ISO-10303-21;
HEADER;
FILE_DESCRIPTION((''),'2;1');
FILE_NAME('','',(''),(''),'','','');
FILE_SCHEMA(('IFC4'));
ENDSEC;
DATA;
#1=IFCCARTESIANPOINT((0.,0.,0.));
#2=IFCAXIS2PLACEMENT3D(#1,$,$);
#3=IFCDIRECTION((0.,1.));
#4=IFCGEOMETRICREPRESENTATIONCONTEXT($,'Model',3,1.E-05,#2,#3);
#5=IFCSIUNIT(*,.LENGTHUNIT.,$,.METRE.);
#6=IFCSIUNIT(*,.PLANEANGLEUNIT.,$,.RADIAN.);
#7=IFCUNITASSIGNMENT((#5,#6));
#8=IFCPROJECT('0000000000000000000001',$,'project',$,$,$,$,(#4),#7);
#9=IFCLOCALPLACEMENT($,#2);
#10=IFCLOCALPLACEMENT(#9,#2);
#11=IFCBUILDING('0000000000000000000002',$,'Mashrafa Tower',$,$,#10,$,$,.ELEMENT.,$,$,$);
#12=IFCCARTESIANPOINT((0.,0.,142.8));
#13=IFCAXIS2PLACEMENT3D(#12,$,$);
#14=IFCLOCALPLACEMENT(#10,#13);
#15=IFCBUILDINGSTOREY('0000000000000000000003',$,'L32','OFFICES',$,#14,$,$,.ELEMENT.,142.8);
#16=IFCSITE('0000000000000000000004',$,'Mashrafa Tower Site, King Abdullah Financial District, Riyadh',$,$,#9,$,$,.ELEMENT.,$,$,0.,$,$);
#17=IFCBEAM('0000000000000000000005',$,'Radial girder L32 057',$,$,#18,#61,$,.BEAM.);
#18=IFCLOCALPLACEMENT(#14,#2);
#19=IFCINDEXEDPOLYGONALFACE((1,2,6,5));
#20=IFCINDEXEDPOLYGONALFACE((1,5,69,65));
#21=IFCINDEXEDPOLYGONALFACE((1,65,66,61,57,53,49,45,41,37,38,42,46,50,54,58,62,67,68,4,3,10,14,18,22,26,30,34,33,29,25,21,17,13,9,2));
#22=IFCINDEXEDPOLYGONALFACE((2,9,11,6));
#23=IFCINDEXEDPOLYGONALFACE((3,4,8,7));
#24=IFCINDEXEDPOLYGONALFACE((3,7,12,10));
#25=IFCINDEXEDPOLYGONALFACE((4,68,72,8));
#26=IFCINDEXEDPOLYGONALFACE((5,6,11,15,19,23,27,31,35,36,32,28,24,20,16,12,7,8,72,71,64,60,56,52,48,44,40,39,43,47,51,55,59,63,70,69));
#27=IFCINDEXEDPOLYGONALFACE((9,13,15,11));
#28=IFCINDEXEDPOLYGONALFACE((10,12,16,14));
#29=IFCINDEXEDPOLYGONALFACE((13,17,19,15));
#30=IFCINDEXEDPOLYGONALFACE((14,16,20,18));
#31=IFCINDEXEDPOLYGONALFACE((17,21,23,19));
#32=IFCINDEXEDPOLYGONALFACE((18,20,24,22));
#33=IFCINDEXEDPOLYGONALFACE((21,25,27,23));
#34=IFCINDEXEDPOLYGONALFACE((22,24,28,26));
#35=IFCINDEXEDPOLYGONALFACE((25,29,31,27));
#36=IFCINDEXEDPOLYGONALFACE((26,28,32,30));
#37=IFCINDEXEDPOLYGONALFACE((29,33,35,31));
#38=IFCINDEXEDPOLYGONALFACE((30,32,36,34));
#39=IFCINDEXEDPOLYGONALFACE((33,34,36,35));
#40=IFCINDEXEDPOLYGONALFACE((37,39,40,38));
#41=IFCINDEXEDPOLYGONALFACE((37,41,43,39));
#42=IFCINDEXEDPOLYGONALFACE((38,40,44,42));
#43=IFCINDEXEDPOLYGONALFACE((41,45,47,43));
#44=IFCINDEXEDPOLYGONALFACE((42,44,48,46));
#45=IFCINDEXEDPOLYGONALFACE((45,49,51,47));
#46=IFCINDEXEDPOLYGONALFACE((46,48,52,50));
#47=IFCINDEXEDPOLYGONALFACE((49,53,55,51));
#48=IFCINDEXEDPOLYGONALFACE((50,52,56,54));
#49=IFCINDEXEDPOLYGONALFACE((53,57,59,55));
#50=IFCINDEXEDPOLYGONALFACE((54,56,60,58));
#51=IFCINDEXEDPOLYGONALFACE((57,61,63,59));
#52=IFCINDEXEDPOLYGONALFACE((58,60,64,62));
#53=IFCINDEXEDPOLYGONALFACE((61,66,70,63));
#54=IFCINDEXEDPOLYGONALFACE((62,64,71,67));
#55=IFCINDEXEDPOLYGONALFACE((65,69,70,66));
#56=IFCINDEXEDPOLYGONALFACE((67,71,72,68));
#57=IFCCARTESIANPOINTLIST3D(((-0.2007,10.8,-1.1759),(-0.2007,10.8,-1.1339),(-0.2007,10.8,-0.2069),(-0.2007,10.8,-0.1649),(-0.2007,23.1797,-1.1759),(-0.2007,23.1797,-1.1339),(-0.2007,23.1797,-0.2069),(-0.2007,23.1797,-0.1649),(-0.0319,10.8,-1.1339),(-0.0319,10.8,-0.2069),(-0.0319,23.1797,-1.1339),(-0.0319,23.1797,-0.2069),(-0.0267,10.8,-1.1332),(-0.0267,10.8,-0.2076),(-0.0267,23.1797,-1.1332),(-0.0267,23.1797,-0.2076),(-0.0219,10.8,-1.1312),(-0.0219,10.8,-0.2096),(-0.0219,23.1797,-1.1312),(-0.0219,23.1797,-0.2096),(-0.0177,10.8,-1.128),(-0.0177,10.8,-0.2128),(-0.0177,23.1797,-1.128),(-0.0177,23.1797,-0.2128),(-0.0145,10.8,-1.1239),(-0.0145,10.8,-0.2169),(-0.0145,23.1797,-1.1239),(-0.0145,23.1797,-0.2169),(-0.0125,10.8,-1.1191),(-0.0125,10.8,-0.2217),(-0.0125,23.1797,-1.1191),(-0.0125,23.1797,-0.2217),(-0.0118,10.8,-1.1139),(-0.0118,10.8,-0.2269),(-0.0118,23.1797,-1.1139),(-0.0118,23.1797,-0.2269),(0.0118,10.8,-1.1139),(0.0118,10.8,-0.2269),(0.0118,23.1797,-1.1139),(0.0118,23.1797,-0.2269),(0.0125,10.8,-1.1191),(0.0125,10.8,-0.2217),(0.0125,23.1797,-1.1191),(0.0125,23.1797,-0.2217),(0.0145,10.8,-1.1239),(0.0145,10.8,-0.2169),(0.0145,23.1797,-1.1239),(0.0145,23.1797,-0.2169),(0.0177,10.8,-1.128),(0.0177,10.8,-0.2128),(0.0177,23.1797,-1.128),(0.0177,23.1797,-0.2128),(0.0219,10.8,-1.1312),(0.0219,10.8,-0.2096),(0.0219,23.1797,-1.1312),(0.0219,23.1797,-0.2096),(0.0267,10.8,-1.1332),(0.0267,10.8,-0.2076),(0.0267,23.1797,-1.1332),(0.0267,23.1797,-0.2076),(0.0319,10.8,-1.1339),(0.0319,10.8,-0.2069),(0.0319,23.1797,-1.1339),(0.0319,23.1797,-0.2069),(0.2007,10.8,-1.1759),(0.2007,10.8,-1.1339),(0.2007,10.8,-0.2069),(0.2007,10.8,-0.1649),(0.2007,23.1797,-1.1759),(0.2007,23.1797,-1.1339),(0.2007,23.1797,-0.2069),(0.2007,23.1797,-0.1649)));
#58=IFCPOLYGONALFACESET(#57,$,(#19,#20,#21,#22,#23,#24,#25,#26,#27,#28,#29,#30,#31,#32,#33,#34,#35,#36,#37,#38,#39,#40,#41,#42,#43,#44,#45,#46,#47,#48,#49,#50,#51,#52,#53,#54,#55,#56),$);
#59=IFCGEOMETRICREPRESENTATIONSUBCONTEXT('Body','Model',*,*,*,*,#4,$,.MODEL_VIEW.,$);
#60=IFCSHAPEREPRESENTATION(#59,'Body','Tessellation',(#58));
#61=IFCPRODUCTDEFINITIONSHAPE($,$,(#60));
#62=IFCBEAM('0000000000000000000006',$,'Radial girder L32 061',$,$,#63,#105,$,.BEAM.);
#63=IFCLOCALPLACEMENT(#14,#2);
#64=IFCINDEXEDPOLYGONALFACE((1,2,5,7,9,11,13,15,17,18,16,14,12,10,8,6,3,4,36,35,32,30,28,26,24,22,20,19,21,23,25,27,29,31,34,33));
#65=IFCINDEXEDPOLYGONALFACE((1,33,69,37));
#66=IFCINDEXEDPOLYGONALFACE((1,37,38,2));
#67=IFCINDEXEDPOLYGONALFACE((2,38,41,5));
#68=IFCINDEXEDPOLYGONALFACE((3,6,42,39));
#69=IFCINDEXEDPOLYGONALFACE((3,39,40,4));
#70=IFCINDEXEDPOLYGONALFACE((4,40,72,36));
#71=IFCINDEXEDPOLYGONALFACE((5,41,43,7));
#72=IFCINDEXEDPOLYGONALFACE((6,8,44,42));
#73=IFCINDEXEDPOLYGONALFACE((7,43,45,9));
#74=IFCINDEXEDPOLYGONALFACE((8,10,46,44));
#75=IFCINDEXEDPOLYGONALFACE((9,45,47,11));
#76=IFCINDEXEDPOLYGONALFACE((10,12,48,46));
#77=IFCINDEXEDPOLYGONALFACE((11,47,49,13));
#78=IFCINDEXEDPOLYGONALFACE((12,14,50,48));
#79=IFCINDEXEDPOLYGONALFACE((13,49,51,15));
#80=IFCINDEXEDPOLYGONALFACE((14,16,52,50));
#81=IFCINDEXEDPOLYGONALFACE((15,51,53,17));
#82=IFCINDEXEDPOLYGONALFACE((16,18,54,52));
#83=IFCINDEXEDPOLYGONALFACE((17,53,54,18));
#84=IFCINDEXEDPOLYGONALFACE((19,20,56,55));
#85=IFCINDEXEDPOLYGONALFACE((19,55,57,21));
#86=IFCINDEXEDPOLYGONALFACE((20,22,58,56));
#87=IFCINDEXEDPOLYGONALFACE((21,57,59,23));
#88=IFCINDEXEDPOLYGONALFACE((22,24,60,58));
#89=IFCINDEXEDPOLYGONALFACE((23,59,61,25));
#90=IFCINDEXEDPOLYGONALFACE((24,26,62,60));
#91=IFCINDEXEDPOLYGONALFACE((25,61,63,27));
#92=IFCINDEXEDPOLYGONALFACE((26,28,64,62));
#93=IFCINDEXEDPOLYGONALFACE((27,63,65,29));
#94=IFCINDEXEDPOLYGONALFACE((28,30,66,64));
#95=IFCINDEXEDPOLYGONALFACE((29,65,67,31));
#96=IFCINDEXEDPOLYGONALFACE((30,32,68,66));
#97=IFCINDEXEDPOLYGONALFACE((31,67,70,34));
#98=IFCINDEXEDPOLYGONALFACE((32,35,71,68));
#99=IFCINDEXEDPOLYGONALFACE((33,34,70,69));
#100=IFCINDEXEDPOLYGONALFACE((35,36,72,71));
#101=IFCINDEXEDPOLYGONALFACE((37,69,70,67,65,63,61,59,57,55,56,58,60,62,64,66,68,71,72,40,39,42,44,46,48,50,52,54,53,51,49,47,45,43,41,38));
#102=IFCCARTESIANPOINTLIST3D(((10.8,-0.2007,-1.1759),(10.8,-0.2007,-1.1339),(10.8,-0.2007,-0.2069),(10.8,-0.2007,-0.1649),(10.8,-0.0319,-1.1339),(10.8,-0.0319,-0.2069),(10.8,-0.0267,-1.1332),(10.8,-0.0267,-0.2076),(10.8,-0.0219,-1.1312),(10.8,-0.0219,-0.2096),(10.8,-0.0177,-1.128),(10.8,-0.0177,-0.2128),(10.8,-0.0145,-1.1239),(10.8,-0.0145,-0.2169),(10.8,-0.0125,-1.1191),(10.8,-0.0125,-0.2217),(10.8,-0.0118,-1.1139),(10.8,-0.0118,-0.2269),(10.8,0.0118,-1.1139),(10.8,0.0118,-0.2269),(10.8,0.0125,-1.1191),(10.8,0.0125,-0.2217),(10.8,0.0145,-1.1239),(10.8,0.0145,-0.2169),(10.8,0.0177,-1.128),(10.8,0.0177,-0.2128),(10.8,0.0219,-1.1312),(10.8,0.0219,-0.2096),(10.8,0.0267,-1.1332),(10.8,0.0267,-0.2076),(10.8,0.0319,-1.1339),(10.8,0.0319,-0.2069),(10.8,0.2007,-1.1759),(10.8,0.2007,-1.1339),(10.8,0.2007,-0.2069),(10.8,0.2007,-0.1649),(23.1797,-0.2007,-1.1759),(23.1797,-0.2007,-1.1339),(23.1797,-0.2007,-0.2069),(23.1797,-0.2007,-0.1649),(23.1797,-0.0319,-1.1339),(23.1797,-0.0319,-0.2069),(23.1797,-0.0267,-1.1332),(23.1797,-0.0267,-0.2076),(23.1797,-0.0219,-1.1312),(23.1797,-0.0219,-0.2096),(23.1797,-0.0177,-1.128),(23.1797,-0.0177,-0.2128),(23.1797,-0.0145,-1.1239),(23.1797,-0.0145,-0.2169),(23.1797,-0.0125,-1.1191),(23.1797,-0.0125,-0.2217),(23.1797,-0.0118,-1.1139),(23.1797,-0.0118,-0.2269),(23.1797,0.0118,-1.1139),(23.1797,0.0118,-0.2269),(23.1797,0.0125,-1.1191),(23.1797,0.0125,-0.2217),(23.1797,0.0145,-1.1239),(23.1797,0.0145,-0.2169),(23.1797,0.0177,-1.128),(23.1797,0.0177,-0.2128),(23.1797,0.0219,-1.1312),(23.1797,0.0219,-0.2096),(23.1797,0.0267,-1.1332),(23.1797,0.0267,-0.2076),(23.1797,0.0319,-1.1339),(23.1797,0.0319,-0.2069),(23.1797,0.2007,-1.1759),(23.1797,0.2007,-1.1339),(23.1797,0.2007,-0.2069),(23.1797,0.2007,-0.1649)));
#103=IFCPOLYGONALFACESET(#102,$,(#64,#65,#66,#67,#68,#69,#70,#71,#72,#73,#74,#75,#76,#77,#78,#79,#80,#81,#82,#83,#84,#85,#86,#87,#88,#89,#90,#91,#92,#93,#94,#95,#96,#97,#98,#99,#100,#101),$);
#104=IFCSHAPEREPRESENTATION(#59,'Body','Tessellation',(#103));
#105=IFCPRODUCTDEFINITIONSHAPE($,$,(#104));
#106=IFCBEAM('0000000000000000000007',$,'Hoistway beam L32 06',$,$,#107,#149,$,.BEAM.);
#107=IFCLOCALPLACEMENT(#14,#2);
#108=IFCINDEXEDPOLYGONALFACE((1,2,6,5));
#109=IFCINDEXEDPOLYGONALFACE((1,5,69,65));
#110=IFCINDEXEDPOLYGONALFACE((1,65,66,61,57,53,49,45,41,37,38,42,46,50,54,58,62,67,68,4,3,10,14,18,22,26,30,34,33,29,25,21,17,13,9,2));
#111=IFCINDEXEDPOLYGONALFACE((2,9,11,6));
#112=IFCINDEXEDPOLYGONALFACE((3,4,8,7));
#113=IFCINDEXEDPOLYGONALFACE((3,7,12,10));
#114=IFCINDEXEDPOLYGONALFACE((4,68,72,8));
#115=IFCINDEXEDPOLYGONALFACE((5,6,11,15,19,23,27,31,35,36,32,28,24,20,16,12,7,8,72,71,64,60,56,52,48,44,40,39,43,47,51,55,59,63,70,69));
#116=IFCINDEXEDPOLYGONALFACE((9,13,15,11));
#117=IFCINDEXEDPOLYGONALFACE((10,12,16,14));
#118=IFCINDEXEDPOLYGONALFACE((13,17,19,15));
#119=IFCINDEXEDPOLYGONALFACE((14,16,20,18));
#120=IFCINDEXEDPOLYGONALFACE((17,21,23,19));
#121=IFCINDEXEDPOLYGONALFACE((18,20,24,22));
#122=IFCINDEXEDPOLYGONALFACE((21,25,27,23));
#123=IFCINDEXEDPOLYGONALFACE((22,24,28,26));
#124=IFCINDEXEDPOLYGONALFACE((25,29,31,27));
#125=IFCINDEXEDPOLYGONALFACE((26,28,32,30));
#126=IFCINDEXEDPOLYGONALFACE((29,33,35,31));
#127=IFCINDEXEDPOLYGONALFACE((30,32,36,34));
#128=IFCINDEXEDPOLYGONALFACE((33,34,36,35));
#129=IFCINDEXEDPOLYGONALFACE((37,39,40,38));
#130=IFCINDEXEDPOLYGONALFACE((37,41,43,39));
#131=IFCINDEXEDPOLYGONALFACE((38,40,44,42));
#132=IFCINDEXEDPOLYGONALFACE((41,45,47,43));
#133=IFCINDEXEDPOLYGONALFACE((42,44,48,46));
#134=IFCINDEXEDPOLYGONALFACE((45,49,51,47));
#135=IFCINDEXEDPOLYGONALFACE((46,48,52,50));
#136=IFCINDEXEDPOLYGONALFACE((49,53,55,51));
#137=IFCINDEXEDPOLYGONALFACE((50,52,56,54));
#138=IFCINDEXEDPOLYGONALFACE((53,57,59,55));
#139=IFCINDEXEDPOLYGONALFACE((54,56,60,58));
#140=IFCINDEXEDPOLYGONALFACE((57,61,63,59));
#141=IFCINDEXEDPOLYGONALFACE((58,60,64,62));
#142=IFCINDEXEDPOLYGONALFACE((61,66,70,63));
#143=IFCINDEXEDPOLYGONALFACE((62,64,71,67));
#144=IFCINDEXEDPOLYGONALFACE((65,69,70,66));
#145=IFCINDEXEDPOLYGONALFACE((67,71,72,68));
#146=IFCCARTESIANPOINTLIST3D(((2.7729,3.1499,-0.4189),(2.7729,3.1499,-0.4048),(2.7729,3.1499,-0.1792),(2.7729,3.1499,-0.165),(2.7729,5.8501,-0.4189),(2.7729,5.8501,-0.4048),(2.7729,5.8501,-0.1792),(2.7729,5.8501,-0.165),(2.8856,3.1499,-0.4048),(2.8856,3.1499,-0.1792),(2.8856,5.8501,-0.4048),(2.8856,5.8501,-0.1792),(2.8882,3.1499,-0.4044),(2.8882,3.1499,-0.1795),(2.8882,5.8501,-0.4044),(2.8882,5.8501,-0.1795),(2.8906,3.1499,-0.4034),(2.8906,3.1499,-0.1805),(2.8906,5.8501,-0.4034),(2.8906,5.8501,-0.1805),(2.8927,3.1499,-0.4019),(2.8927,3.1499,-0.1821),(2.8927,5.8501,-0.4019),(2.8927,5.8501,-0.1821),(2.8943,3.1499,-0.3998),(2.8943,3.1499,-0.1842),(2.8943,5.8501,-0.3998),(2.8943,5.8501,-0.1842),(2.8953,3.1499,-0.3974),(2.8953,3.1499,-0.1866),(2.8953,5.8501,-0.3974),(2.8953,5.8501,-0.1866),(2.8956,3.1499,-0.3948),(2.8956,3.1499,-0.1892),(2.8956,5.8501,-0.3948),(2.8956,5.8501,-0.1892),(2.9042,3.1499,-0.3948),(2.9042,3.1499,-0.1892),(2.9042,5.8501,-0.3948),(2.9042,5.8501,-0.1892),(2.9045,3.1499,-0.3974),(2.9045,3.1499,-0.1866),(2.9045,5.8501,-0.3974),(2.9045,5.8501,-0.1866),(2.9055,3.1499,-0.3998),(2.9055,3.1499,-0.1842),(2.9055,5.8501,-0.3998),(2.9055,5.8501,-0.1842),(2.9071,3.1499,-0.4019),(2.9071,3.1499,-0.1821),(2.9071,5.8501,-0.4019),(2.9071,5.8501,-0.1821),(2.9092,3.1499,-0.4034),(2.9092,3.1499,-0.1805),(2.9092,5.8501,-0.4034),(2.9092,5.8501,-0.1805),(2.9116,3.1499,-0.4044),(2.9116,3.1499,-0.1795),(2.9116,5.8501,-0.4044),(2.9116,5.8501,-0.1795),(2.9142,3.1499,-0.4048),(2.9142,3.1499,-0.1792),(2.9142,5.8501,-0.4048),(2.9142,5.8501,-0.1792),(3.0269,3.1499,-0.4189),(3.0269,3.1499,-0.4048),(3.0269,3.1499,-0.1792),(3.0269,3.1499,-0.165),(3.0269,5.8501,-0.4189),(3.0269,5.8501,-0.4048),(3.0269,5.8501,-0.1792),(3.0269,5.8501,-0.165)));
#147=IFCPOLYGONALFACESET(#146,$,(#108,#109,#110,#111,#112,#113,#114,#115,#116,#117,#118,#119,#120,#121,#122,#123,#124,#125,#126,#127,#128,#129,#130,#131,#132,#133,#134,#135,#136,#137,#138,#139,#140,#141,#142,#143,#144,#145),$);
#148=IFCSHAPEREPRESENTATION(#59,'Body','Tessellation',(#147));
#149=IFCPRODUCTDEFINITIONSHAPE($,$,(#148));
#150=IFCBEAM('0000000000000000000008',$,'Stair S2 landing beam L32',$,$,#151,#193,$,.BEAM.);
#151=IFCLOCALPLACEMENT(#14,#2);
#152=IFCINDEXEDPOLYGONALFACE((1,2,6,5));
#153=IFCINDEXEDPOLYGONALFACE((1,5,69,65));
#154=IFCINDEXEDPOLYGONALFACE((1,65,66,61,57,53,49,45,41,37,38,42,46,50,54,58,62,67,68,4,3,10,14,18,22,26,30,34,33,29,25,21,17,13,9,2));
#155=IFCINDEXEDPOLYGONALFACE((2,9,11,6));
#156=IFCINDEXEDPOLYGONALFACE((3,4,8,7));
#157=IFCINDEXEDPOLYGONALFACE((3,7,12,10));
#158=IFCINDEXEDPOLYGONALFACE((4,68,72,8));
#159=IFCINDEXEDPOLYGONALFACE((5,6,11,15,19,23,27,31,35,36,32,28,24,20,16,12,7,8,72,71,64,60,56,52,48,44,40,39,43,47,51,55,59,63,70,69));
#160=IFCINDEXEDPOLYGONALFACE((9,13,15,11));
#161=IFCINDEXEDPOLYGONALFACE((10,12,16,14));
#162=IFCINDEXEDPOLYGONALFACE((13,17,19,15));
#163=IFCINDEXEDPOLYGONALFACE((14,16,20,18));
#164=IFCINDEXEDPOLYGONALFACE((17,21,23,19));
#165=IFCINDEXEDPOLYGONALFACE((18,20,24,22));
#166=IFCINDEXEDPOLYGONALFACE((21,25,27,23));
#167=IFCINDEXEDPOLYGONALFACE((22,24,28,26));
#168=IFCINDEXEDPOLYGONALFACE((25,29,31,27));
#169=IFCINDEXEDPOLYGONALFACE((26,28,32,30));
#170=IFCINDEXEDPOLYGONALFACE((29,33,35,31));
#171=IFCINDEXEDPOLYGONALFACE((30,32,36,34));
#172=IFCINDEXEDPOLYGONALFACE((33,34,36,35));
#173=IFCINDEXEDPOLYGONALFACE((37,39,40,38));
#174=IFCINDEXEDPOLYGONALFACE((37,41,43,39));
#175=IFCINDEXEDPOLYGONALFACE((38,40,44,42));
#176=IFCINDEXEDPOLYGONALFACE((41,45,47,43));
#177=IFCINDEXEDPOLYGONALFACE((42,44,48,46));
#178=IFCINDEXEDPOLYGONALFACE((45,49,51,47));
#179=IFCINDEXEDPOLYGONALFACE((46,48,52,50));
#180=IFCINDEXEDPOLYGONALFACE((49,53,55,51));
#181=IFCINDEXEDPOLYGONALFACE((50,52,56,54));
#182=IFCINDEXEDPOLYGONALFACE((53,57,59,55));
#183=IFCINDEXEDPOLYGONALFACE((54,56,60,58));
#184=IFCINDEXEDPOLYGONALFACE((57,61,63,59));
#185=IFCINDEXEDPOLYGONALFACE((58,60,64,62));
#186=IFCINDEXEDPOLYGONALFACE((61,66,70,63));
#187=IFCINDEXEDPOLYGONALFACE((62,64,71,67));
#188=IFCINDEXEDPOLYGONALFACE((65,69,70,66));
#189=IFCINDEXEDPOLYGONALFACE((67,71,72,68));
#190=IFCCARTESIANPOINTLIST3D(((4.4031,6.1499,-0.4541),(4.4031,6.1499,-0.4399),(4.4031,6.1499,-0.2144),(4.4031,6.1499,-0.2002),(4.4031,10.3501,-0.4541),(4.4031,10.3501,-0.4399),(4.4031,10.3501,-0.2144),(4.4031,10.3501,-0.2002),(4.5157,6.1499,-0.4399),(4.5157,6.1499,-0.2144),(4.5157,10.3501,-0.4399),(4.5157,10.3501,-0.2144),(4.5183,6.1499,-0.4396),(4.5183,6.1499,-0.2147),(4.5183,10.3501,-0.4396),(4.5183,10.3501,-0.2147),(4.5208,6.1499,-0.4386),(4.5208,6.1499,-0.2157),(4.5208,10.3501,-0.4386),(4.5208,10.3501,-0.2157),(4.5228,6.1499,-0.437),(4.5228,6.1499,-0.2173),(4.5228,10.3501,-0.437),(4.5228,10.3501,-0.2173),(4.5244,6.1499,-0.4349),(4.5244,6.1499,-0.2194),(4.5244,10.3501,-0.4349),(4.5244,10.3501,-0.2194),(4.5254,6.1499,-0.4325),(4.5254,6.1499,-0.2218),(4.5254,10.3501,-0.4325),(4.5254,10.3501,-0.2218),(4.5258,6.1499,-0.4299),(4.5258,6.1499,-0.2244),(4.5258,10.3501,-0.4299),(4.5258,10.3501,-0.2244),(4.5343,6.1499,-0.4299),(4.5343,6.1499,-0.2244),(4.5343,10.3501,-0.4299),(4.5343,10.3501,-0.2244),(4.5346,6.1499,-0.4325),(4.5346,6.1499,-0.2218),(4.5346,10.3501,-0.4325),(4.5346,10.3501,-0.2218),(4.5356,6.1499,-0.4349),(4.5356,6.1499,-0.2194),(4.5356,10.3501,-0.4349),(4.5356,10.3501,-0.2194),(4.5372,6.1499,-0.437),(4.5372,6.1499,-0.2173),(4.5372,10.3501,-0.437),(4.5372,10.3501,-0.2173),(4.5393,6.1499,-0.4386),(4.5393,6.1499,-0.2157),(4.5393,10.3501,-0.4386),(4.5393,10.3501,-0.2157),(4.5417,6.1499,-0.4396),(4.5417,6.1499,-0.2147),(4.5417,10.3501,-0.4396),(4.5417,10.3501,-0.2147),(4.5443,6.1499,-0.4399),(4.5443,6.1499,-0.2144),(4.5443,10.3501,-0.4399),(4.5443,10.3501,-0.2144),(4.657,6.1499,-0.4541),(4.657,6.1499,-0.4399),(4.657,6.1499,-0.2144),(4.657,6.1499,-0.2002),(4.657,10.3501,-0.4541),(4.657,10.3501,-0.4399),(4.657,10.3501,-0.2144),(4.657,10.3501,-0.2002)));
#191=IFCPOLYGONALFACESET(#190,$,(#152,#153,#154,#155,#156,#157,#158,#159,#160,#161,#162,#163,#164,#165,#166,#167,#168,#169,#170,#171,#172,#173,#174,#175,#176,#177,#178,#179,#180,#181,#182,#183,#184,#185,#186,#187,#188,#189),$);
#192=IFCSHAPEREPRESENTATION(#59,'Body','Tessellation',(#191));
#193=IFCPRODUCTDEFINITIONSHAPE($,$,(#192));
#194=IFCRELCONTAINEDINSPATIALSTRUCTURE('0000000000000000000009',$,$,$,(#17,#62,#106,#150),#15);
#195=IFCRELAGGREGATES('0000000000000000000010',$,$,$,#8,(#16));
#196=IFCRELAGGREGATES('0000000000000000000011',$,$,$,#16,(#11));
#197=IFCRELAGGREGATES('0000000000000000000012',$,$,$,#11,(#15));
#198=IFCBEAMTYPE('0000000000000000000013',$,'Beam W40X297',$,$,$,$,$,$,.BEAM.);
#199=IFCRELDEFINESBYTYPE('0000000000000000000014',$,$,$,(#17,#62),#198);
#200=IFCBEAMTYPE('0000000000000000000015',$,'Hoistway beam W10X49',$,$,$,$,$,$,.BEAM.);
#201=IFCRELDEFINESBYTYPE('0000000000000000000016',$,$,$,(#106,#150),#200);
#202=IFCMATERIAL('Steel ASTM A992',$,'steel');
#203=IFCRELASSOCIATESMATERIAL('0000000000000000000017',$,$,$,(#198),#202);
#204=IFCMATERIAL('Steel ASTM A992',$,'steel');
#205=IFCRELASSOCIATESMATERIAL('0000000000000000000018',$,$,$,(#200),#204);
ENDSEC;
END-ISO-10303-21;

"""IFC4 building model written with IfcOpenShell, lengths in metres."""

from ifc_helpers import new_model, si_unit, direction, frame, origin, origin_2d, place, context, subcontext, project, spatial, i_section, extrude, material, material_profile, profile_set, type_object, element, save


model = new_model("IFC4")

# Units and contexts
model_context = context("Model", 3, precision=1e-05, world=origin(), true_north=direction((0.0, 1.0)))
body_context = subcontext(model_context, "Body", "Model", "MODEL_VIEW")
ifc_project = project(units=[si_unit("LENGTHUNIT", "METRE"), si_unit("PLANEANGLEUNIT", "RADIAN")], contexts=[model_context])

# Site, building, storey
site_placement = place(None, origin())
site = spatial("IfcSite", under=ifc_project, at=site_placement, Name="Mashrafa Tower Site, King Abdullah Financial District, Riyadh", CompositionType="ELEMENT", RefElevation=0.0)
building_placement = place(site_placement, origin())
building = spatial("IfcBuilding", under=site, at=building_placement, Name="Mashrafa Tower", CompositionType="ELEMENT")
storey_placement = place(building_placement, frame((0.0, 0.0, 142.8)))
storey = spatial("IfcBuildingStorey", under=building, at=storey_placement, Name="L32", Description="OFFICES", CompositionType="ELEMENT", Elevation=142.8)

# Beams
ifc_material_1 = material(Name="Steel ASTM A992", Category="steel")
ifc_material_profile_1 = material_profile(ifc_material_1, i_section(OverallWidth=0.4014, OverallDepth=1.011, WebThickness=0.0237, FlangeThickness=0.042, FilletRadius=0.02, at=origin_2d()), Name="W40X297")
ifc_profile_set_1 = profile_set([ifc_material_profile_1], Name="Steel ASTM A992")
beam_type_1 = type_object("IfcBeamType", Name="Beam W40X297", PredefinedType="BEAM", material=ifc_profile_set_1)
for number, where, z_axis, x_axis, name in (
    (1, (0.0, 10.8, -0.6704), (0.0, 1.0, 0.0), (-1.0, 0.0, 0.0), "Radial girder L32 057"),
    (2, (10.8, 0.0, -0.6704), (1.0, 0.0, 0.0), (0.0, 1.0, 0.0), "Radial girder L32 061"),
):
    element("IfcBeam", number, at=place(storey_placement, frame(where, z_axis=z_axis, x_axis=x_axis)), inside=storey, type_object=beam_type_1, Name=name, PredefinedType="BEAM", context=body_context, shape_type="SweptSolid", body=[
        extrude(i_section(OverallWidth=0.4014, OverallDepth=1.011, WebThickness=0.0237, FlangeThickness=0.042, FilletRadius=0.02, at=origin_2d()), origin(), (0.0, 0.0, 1.0), 12.3796),
    ])
ifc_material_2 = material(Name="Steel ASTM A992", Category="steel")
ifc_material_profile_2 = material_profile(ifc_material_2, i_section(OverallWidth=0.2539, OverallDepth=0.2539, WebThickness=0.0085, FlangeThickness=0.0142, FilletRadius=0.01, at=origin_2d()), Name="W10X49")
ifc_profile_set_2 = profile_set([ifc_material_profile_2], Name="Steel ASTM A992")
beam_type_2 = type_object("IfcBeamType", Name="Hoistway beam W10X49", PredefinedType="BEAM", material=ifc_profile_set_2)
beam_1_placement = place(storey_placement, frame((2.8999, 3.1499, -0.292), z_axis=(0.0, 1.0, 0.0), x_axis=(-1.0, 0.0, 0.0)))
element("IfcBeam", 3, at=beam_1_placement, inside=storey, type_object=beam_type_2, Name="Hoistway beam L32 06", PredefinedType="BEAM", context=body_context, shape_type="SweptSolid", body=[
    extrude(i_section(OverallWidth=0.2539, OverallDepth=0.2539, WebThickness=0.0085, FlangeThickness=0.0142, FilletRadius=0.01, at=origin_2d()), origin(), (0.0, 0.0, 1.0), 2.7002),
])
beam_2_placement = place(storey_placement, frame((4.53, 6.1499, -0.3271), z_axis=(0.0, 1.0, 0.0), x_axis=(-1.0, 0.0, 0.0)))
element("IfcBeam", 4, at=beam_2_placement, inside=storey, type_object=beam_type_2, Name="Stair S2 landing beam L32", PredefinedType="BEAM", context=body_context, shape_type="SweptSolid", body=[
    extrude(i_section(OverallWidth=0.2539, OverallDepth=0.2539, WebThickness=0.0085, FlangeThickness=0.0142, FilletRadius=0.01, at=origin_2d()), origin(), (0.0, 0.0, 1.0), 4.2002),
])

save(model, "model.ifc")
